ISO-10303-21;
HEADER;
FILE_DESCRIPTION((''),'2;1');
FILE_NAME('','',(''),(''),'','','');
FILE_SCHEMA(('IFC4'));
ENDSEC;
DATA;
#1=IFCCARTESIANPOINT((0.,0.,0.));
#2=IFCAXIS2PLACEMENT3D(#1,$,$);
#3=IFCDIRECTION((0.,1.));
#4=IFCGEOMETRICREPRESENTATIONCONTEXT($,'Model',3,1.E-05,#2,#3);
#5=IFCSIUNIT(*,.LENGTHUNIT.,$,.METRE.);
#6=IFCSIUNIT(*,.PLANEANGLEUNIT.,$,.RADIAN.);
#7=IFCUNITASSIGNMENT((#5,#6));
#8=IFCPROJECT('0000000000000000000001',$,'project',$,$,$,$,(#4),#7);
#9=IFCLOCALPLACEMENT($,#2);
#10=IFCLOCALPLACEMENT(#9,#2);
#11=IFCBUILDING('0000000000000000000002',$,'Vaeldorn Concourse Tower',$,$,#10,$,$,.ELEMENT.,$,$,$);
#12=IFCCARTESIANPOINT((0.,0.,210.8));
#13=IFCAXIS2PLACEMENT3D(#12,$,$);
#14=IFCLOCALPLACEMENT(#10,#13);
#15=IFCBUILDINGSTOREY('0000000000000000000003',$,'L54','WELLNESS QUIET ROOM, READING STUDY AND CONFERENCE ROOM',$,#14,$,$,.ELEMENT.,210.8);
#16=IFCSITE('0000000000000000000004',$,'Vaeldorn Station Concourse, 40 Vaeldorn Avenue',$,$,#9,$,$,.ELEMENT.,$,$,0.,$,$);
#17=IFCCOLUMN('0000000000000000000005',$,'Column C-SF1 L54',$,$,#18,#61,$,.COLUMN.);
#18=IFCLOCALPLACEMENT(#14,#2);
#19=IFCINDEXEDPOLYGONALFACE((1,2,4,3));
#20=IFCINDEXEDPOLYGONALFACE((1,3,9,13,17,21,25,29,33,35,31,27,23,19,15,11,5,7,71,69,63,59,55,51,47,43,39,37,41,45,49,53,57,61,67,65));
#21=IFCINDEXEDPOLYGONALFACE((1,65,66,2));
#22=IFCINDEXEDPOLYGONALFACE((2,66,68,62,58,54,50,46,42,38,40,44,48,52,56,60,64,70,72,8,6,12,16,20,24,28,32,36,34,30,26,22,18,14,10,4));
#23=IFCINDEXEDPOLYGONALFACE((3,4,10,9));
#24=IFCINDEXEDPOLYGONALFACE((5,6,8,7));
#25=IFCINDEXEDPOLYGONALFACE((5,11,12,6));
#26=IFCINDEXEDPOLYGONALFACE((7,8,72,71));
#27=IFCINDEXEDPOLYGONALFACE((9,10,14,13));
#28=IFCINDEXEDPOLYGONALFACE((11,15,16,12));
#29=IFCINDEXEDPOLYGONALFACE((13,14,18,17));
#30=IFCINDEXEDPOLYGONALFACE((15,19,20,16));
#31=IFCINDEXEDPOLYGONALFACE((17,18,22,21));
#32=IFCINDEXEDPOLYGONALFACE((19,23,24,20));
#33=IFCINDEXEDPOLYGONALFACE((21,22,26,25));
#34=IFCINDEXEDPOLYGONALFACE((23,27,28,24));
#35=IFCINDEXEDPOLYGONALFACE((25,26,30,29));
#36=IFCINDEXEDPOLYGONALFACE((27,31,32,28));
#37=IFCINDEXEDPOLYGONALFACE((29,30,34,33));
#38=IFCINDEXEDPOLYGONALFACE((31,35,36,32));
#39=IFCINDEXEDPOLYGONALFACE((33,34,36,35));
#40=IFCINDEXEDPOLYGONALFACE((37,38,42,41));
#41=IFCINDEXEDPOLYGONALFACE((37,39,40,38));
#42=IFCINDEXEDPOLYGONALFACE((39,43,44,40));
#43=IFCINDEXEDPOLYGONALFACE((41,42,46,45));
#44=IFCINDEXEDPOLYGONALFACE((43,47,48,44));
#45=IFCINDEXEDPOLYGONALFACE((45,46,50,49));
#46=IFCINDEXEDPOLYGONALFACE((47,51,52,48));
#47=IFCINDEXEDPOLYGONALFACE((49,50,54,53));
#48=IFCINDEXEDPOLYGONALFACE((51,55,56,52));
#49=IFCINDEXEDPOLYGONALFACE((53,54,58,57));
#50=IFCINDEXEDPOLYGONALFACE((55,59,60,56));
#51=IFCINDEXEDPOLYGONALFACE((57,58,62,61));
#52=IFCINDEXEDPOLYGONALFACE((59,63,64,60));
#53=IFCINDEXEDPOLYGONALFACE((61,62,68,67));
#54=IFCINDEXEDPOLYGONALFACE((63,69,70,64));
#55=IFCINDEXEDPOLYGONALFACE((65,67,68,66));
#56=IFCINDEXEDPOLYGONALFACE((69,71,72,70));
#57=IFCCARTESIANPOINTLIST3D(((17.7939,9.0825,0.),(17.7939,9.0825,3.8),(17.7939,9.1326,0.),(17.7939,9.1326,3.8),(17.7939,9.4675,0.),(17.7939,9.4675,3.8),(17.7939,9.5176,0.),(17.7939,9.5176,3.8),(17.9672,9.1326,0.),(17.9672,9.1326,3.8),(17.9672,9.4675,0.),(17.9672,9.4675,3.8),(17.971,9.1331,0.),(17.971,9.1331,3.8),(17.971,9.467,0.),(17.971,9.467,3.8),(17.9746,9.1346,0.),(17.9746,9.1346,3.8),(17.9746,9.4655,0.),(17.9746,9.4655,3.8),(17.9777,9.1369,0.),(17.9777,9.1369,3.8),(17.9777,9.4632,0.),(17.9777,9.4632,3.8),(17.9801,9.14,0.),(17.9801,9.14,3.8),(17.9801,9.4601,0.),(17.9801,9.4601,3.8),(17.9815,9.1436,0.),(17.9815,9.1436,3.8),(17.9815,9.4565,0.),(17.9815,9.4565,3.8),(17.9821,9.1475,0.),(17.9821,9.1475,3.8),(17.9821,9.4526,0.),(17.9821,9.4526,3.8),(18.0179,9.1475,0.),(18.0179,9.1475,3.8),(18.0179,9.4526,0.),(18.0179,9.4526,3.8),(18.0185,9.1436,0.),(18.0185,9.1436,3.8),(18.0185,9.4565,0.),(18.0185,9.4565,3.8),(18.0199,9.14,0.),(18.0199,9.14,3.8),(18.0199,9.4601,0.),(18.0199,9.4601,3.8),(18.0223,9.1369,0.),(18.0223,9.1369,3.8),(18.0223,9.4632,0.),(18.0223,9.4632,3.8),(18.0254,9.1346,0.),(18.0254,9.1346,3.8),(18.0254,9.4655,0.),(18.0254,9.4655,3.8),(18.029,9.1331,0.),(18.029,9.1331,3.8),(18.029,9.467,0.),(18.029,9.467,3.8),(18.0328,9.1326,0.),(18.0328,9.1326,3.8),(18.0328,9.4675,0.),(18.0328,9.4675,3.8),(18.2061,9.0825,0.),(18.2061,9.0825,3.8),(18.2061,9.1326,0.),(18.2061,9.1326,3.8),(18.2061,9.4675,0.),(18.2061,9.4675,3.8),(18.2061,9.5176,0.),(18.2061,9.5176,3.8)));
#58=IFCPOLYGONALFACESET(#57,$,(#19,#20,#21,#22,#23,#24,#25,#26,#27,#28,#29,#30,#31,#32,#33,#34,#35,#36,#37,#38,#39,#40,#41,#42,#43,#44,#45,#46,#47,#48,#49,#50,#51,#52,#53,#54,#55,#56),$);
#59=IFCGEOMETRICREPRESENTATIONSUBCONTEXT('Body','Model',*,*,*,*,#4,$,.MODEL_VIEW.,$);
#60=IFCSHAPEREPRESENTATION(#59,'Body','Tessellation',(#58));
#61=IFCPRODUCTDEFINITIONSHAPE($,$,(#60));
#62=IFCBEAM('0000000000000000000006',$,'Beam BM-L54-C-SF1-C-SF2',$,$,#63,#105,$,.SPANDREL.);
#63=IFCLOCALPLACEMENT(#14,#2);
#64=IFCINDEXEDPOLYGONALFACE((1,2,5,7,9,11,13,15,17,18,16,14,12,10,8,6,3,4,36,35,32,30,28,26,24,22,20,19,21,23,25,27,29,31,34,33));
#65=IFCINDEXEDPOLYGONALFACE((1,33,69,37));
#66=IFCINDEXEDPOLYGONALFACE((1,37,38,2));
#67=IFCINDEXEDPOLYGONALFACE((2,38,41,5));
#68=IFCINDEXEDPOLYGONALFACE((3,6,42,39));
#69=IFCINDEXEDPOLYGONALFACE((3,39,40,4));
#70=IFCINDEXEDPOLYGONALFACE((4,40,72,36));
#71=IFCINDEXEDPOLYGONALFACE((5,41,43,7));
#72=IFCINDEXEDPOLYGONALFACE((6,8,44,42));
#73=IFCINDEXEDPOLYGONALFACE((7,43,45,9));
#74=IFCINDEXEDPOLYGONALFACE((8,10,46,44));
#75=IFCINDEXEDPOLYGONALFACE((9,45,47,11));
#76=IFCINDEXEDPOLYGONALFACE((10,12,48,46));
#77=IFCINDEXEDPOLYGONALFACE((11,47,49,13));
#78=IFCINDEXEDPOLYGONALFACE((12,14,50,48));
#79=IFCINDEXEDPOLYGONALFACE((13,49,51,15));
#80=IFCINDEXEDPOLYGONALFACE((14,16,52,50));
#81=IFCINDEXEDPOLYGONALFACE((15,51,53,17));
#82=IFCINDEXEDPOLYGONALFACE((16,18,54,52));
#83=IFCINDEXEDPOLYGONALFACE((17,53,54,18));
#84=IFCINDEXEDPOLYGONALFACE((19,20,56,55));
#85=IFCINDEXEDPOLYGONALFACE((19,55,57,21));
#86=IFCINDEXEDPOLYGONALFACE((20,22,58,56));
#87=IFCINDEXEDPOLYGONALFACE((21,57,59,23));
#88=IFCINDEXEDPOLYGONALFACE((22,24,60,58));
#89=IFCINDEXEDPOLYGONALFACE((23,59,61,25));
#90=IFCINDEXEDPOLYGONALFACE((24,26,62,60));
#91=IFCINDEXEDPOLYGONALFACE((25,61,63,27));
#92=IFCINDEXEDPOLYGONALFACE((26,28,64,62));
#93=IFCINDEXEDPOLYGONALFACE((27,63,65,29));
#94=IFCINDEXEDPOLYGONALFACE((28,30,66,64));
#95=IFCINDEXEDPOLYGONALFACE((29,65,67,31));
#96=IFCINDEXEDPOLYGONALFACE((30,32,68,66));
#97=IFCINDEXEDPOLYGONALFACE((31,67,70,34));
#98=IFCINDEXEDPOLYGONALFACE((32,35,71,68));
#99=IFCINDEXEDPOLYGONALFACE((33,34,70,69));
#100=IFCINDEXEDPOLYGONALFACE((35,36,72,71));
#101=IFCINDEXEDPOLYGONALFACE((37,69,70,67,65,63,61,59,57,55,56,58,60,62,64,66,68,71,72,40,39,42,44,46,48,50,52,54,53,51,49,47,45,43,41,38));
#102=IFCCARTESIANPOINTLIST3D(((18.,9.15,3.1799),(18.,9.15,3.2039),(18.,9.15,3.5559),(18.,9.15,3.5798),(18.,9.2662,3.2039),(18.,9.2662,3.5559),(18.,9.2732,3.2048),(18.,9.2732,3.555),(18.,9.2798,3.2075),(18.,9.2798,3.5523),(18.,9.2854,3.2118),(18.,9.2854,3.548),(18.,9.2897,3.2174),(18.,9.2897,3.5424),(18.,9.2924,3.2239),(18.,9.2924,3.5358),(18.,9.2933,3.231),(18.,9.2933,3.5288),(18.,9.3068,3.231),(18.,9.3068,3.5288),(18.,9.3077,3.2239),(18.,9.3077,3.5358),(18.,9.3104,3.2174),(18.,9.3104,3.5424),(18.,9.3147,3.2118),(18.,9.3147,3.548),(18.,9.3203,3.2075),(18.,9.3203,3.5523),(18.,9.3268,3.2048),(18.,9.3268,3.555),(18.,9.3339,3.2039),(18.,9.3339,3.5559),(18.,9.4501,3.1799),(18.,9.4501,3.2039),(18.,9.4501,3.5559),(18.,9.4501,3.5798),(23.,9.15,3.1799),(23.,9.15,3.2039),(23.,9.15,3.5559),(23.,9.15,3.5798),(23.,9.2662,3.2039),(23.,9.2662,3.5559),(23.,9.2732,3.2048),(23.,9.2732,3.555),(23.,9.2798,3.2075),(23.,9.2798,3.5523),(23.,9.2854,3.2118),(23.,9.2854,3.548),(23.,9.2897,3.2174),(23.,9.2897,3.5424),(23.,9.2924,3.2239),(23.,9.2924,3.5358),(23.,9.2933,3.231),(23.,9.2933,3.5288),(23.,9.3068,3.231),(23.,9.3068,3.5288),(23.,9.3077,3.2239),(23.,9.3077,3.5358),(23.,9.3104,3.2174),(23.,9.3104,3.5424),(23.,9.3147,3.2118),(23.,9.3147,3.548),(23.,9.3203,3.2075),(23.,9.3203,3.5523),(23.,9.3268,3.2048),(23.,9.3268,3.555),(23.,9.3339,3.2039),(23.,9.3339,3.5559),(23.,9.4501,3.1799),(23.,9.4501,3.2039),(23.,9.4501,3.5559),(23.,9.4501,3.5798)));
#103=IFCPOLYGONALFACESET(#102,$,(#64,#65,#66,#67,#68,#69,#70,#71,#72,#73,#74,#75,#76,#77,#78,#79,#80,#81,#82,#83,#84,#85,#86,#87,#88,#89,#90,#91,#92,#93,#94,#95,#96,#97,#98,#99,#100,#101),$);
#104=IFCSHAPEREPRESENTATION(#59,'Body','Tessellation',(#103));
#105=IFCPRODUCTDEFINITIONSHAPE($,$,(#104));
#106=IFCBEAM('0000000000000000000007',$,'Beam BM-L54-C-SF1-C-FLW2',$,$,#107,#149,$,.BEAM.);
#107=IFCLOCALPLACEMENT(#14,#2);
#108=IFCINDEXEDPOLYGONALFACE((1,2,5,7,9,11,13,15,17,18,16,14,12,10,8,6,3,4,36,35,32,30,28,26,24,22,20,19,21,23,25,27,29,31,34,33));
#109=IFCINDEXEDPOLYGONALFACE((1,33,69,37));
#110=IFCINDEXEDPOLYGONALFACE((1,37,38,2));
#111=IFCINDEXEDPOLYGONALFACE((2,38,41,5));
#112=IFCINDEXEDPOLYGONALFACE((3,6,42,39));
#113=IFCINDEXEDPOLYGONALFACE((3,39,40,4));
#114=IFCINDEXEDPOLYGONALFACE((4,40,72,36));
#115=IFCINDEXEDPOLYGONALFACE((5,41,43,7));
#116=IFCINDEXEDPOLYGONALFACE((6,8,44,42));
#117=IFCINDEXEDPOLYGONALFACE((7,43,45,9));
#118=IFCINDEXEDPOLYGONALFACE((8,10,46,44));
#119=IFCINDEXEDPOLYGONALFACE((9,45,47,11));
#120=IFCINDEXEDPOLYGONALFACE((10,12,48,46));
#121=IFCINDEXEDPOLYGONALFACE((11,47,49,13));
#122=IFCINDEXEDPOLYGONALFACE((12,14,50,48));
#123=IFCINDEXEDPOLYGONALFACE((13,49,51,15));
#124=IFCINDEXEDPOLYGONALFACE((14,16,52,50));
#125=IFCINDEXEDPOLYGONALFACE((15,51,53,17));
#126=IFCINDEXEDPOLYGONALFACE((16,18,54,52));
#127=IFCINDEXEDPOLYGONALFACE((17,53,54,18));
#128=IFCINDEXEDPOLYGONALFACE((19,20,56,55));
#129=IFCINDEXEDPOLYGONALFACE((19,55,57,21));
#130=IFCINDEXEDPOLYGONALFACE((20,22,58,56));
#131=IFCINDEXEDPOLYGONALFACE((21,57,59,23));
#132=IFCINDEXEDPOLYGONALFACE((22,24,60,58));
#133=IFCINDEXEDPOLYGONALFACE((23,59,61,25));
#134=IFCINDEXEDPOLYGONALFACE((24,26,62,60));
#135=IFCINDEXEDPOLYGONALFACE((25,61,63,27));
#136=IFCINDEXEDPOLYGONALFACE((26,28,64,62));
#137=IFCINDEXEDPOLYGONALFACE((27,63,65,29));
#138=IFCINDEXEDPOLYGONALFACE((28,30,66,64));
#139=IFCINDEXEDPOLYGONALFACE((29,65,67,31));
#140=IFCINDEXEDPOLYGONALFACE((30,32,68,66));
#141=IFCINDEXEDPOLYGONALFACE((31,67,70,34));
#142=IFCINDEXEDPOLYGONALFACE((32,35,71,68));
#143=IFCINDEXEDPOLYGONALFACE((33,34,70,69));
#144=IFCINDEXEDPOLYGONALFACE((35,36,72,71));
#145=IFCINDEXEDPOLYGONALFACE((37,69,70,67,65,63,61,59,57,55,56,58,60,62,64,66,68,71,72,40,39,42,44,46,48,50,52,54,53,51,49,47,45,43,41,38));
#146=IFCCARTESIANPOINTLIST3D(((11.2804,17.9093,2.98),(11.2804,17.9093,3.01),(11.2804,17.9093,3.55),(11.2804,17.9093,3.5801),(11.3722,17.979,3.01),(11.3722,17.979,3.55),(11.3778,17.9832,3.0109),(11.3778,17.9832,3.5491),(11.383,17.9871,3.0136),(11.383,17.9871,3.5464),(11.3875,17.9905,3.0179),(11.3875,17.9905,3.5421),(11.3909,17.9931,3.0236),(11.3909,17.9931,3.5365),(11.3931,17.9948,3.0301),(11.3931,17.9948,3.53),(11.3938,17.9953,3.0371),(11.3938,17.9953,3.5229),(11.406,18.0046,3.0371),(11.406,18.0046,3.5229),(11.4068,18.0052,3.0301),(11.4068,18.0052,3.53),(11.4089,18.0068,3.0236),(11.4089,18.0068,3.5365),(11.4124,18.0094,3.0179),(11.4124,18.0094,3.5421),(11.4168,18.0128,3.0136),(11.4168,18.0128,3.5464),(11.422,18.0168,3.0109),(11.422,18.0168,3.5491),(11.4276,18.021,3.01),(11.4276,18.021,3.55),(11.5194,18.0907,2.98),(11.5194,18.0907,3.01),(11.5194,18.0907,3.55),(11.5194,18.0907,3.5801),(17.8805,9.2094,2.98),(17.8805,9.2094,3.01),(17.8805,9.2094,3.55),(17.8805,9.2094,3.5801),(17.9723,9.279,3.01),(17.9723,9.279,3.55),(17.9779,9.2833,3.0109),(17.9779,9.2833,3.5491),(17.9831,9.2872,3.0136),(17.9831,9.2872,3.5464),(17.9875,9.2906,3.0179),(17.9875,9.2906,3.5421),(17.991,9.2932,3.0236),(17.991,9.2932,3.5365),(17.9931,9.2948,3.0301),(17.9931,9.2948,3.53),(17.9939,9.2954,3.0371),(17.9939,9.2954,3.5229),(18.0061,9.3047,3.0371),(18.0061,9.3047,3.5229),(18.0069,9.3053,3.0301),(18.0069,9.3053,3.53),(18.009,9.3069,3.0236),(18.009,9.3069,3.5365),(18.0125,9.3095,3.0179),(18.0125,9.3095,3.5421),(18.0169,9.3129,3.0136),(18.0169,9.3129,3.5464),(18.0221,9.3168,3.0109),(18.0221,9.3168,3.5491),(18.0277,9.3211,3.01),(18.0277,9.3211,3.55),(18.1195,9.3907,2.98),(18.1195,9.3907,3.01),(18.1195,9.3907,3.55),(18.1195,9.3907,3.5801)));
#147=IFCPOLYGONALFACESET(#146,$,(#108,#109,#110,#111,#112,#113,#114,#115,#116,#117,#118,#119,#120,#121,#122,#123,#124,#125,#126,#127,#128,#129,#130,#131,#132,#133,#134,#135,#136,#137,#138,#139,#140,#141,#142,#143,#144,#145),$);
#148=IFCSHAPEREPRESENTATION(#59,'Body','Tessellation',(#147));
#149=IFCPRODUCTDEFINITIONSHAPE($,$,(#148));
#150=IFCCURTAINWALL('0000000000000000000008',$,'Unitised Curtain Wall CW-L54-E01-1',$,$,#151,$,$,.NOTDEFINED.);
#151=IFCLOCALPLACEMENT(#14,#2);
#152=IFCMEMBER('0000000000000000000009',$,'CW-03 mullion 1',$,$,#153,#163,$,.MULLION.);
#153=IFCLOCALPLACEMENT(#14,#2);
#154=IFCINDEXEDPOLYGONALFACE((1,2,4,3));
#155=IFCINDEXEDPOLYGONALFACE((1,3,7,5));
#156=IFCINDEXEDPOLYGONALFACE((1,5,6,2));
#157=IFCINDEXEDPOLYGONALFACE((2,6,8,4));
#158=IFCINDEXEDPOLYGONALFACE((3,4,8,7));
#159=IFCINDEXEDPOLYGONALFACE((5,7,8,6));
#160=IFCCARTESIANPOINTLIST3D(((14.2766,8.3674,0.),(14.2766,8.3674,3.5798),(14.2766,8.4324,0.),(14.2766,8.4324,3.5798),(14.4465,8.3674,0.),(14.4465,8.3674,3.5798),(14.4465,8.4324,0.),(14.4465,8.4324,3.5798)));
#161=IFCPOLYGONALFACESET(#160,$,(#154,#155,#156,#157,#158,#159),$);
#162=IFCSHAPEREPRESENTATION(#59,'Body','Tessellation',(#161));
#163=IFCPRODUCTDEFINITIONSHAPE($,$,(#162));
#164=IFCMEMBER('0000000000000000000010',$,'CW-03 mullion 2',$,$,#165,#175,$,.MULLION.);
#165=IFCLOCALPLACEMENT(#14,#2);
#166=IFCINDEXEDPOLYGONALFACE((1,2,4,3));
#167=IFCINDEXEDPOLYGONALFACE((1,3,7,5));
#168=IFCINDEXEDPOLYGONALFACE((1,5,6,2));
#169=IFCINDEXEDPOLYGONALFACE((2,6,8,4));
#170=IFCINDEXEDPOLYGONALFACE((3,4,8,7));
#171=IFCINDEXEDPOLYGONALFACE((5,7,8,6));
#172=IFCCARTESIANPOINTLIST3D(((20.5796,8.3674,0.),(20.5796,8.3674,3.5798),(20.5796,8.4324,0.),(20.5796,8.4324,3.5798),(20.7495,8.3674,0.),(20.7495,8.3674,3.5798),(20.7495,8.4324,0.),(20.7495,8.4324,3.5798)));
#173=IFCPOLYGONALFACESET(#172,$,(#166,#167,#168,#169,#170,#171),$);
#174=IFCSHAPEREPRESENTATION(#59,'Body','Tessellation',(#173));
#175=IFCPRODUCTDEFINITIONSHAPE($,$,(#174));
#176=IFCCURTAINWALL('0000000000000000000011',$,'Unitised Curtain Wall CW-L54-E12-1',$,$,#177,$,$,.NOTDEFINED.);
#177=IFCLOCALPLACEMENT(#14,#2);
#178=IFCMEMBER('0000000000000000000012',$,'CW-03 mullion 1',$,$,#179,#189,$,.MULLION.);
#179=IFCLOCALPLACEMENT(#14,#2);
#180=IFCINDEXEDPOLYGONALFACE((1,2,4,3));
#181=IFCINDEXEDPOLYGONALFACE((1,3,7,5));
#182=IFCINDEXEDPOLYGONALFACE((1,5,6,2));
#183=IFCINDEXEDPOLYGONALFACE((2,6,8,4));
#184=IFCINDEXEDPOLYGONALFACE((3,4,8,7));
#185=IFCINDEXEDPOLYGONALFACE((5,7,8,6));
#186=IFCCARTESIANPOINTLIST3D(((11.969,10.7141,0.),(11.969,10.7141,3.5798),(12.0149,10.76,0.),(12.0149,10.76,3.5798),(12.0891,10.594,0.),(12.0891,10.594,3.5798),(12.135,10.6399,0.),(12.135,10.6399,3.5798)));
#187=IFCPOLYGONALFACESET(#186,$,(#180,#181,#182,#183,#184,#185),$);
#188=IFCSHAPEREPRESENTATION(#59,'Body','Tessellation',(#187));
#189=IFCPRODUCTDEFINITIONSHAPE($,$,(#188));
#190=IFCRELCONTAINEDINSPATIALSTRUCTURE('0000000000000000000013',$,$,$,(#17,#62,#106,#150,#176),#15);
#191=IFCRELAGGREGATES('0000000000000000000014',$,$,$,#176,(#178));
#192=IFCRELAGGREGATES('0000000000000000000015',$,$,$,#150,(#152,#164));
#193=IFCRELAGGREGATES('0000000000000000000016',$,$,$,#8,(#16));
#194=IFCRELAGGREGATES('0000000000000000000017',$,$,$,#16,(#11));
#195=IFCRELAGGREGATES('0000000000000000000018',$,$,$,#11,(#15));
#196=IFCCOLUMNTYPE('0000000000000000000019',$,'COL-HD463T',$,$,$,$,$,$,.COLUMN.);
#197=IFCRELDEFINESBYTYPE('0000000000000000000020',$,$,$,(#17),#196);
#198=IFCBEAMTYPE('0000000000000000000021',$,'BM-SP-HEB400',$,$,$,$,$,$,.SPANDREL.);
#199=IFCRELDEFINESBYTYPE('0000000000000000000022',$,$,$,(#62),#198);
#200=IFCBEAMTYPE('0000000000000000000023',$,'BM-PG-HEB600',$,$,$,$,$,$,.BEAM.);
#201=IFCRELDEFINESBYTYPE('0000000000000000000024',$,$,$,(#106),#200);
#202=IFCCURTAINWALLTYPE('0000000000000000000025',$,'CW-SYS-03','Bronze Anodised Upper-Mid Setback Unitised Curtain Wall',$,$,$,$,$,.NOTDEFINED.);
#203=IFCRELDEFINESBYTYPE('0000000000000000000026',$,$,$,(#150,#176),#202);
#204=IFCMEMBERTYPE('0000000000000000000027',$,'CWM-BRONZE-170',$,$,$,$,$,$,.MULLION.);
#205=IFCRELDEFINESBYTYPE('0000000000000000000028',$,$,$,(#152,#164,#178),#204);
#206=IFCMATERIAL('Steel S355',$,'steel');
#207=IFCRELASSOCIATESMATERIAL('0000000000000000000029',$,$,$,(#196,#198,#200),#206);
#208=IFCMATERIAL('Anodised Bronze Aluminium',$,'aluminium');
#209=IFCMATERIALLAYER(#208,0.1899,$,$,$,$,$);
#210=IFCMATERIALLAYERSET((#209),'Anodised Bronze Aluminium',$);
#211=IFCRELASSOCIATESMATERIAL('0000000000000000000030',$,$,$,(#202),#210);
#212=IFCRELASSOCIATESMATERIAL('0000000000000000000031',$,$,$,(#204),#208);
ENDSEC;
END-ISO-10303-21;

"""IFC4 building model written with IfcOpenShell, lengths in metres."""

from ifc_helpers import new_model, si_unit, direction, frame, origin, origin_2d, place, context, subcontext, project, spatial, rectangle, i_section, extrude, source, transform, mapped, material, layer, layer_set, material_profile, profile_set, type_object, element, aggregate, save


model = new_model("IFC4")

# Units and contexts
model_context = context("Model", 3, precision=1e-05, world=origin(), true_north=direction((0.0, 1.0)))
body_context = subcontext(model_context, "Body", "Model", "MODEL_VIEW")
ifc_project = project(units=[si_unit("LENGTHUNIT", "METRE"), si_unit("PLANEANGLEUNIT", "RADIAN")], contexts=[model_context])

# Site, building, storey
site_placement = place(None, origin())
site = spatial("IfcSite", under=ifc_project, at=site_placement, Name="Vaeldorn Station Concourse, 40 Vaeldorn Avenue", CompositionType="ELEMENT", RefElevation=0.0)
building_placement = place(site_placement, origin())
building = spatial("IfcBuilding", under=site, at=building_placement, Name="Vaeldorn Concourse Tower", CompositionType="ELEMENT")
storey_placement = place(building_placement, frame((0.0, 0.0, 210.8)))
storey = spatial("IfcBuildingStorey", under=building, at=storey_placement, Name="L54", Description="WELLNESS QUIET ROOM, READING STUDY AND CONFERENCE ROOM", CompositionType="ELEMENT", Elevation=210.8)

# Column
ifc_material_1 = material(Name="Steel S355", Category="steel")
ifc_material_profile_1 = material_profile(ifc_material_1, i_section(OverallWidth=0.4121, OverallDepth=0.4351, WebThickness=0.0359, FlangeThickness=0.05, FilletRadius=0.0149, at=origin_2d()), Name="HD 400x463")
ifc_profile_set_1 = profile_set([ifc_material_profile_1], Name="Steel S355")
column_type = type_object("IfcColumnType", Name="COL-HD463T", PredefinedType="COLUMN", material=ifc_profile_set_1)
shared_shape_1 = source(origin(), body_context, "Body", "SweptSolid", [
    extrude(i_section(OverallWidth=0.4121, OverallDepth=0.4351, WebThickness=0.0359, FlangeThickness=0.05, FilletRadius=0.0149, at=origin_2d()), origin(), (0.0, 0.0, 1.0), 3.8),
])
column_placement = place(storey_placement, frame((18.0, 9.3, 0.0), z_axis=(0.0, 0.0, 1.0), x_axis=(1.0, 0.0, 0.0)))
element("IfcColumn", 1, at=column_placement, inside=storey, type_object=column_type, Name="Column C-SF1 L54", PredefinedType="COLUMN", context=body_context, shape_type="MappedRepresentation", body=[
    mapped(shared_shape_1, transform((0.0, 0.0, 0.0), scale=1.0)),
])

# Beams
ifc_material_profile_2 = material_profile(ifc_material_1, i_section(OverallWidth=0.3, OverallDepth=0.3999, WebThickness=0.0134, FlangeThickness=0.0239, FilletRadius=0.0271, at=origin_2d()), Name="HEB 400")
ifc_profile_set_2 = profile_set([ifc_material_profile_2], Name="Steel S355")
beam_type_1 = type_object("IfcBeamType", Name="BM-SP-HEB400", PredefinedType="SPANDREL", material=ifc_profile_set_2)
shared_shape_2 = source(origin(), body_context, "Body", "SweptSolid", [
    extrude(i_section(OverallWidth=0.3, OverallDepth=0.3999, WebThickness=0.0134, FlangeThickness=0.0239, FilletRadius=0.0271, at=origin_2d()), origin(), (0.0, 0.0, 1.0), 5.0),
])
beam_1_placement = place(storey_placement, frame((18.0, 9.3, 3.3799), z_axis=(1.0, 0.0, 0.0), x_axis=(0.0, 1.0, 0.0)))
element("IfcBeam", 2, at=beam_1_placement, inside=storey, type_object=beam_type_1, Name="Beam BM-L54-C-SF1-C-SF2", PredefinedType="SPANDREL", context=body_context, shape_type="MappedRepresentation", body=[
    mapped(shared_shape_2, transform((0.0, 0.0, 0.0), scale=1.0)),
])
ifc_material_profile_3 = material_profile(ifc_material_1, i_section(OverallWidth=0.3, OverallDepth=0.6001, WebThickness=0.0154, FlangeThickness=0.03, FilletRadius=0.0271, at=origin_2d()), Name="HEB 600")
ifc_profile_set_3 = profile_set([ifc_material_profile_3], Name="Steel S355")
beam_type_2 = type_object("IfcBeamType", Name="BM-PG-HEB600", PredefinedType="BEAM", material=ifc_profile_set_3)
shared_shape_3 = source(origin(), body_context, "Body", "SweptSolid", [
    extrude(i_section(OverallWidth=0.3, OverallDepth=0.6001, WebThickness=0.0154, FlangeThickness=0.03, FilletRadius=0.0271, at=origin_2d()), origin(), (0.0, 0.0, 1.0), 10.9202),
])
beam_2_placement = place(storey_placement, frame((18.0, 9.3, 3.28), z_axis=(-0.604394, 0.796685, 0.0), x_axis=(-0.796685, -0.604394, 0.0)))
element("IfcBeam", 3, at=beam_2_placement, inside=storey, type_object=beam_type_2, Name="Beam BM-L54-C-SF1-C-FLW2", PredefinedType="BEAM", context=body_context, shape_type="MappedRepresentation", body=[
    mapped(shared_shape_3, transform((0.0, 0.0, 0.0), scale=1.0)),
])

# Curtain walls, members
ifc_material_2 = material(Name="Anodised Bronze Aluminium", Category="aluminium")
ifc_layer_1 = layer(ifc_material_2, 0.1899)
ifc_layer_set_1 = layer_set([ifc_layer_1], Name="Anodised Bronze Aluminium")
curtain_wall_type = type_object("IfcCurtainWallType", Name="CW-SYS-03", Description="Bronze Anodised Upper-Mid Setback Unitised Curtain Wall", PredefinedType="NOTDEFINED", material=ifc_layer_set_1)
curtain_wall_1_placement = place(storey_placement, origin())
curtain_wall_1 = element("IfcCurtainWall", 4, at=curtain_wall_1_placement, inside=storey, type_object=curtain_wall_type, Name="Unitised Curtain Wall CW-L54-E01-1", PredefinedType="NOTDEFINED")
ifc_material_profile_4 = material_profile(ifc_material_2, rectangle(XDim=0.0649, YDim=0.1699, at=origin_2d()), Name="CWM 65x170")
ifc_profile_set_4 = profile_set([ifc_material_profile_4], Name="Anodised Bronze Aluminium")
member_type_1 = type_object("IfcMemberType", Name="CWM-BRONZE-170", PredefinedType="MULLION", material=ifc_profile_set_4)
shared_shape_4 = source(origin(), body_context, "Body", "SweptSolid", [
    extrude(rectangle(XDim=0.0649, YDim=0.1699, at=origin_2d()), origin(), (0.0, 0.0, 1.0), 3.5798),
])
member_1_placement = place(storey_placement, frame((14.3616, 8.3999, 0.0), z_axis=(0.0, 0.0, 1.0), x_axis=(0.0, 1.0, 0.0)))
member_1 = element("IfcMember", 5, at=member_1_placement, type_object=member_type_1, Name="CW-03 mullion 1", PredefinedType="MULLION", context=body_context, shape_type="MappedRepresentation", body=[
    mapped(shared_shape_4, transform((0.0, 0.0, 0.0), scale=1.0)),
])
member_2_placement = place(storey_placement, frame((20.6646, 8.3999, 0.0), z_axis=(0.0, 0.0, 1.0), x_axis=(0.0, 1.0, 0.0)))
member_2 = element("IfcMember", 6, at=member_2_placement, type_object=member_type_1, Name="CW-03 mullion 2", PredefinedType="MULLION", context=body_context, shape_type="MappedRepresentation", body=[
    mapped(shared_shape_4, transform((0.0, 0.0, 0.0), scale=1.0)),
])
curtain_wall_2_placement = place(storey_placement, origin())
curtain_wall_2 = element("IfcCurtainWall", 7, at=curtain_wall_2_placement, inside=storey, type_object=curtain_wall_type, Name="Unitised Curtain Wall CW-L54-E12-1", PredefinedType="NOTDEFINED")
member_3_placement = place(storey_placement, frame((12.052, 10.677, 0.0), z_axis=(0.0, 0.0, 1.0), x_axis=(0.707107, 0.707107, 0.0)))
member_3 = element("IfcMember", 8, at=member_3_placement, type_object=member_type_1, Name="CW-03 mullion 1", PredefinedType="MULLION", context=body_context, shape_type="MappedRepresentation", body=[
    mapped(shared_shape_4, transform((0.0, 0.0, 0.0), scale=1.0)),
])

aggregate(curtain_wall_2, [member_3])
aggregate(curtain_wall_1, [member_1, member_2])

save(model, "model.ifc")
